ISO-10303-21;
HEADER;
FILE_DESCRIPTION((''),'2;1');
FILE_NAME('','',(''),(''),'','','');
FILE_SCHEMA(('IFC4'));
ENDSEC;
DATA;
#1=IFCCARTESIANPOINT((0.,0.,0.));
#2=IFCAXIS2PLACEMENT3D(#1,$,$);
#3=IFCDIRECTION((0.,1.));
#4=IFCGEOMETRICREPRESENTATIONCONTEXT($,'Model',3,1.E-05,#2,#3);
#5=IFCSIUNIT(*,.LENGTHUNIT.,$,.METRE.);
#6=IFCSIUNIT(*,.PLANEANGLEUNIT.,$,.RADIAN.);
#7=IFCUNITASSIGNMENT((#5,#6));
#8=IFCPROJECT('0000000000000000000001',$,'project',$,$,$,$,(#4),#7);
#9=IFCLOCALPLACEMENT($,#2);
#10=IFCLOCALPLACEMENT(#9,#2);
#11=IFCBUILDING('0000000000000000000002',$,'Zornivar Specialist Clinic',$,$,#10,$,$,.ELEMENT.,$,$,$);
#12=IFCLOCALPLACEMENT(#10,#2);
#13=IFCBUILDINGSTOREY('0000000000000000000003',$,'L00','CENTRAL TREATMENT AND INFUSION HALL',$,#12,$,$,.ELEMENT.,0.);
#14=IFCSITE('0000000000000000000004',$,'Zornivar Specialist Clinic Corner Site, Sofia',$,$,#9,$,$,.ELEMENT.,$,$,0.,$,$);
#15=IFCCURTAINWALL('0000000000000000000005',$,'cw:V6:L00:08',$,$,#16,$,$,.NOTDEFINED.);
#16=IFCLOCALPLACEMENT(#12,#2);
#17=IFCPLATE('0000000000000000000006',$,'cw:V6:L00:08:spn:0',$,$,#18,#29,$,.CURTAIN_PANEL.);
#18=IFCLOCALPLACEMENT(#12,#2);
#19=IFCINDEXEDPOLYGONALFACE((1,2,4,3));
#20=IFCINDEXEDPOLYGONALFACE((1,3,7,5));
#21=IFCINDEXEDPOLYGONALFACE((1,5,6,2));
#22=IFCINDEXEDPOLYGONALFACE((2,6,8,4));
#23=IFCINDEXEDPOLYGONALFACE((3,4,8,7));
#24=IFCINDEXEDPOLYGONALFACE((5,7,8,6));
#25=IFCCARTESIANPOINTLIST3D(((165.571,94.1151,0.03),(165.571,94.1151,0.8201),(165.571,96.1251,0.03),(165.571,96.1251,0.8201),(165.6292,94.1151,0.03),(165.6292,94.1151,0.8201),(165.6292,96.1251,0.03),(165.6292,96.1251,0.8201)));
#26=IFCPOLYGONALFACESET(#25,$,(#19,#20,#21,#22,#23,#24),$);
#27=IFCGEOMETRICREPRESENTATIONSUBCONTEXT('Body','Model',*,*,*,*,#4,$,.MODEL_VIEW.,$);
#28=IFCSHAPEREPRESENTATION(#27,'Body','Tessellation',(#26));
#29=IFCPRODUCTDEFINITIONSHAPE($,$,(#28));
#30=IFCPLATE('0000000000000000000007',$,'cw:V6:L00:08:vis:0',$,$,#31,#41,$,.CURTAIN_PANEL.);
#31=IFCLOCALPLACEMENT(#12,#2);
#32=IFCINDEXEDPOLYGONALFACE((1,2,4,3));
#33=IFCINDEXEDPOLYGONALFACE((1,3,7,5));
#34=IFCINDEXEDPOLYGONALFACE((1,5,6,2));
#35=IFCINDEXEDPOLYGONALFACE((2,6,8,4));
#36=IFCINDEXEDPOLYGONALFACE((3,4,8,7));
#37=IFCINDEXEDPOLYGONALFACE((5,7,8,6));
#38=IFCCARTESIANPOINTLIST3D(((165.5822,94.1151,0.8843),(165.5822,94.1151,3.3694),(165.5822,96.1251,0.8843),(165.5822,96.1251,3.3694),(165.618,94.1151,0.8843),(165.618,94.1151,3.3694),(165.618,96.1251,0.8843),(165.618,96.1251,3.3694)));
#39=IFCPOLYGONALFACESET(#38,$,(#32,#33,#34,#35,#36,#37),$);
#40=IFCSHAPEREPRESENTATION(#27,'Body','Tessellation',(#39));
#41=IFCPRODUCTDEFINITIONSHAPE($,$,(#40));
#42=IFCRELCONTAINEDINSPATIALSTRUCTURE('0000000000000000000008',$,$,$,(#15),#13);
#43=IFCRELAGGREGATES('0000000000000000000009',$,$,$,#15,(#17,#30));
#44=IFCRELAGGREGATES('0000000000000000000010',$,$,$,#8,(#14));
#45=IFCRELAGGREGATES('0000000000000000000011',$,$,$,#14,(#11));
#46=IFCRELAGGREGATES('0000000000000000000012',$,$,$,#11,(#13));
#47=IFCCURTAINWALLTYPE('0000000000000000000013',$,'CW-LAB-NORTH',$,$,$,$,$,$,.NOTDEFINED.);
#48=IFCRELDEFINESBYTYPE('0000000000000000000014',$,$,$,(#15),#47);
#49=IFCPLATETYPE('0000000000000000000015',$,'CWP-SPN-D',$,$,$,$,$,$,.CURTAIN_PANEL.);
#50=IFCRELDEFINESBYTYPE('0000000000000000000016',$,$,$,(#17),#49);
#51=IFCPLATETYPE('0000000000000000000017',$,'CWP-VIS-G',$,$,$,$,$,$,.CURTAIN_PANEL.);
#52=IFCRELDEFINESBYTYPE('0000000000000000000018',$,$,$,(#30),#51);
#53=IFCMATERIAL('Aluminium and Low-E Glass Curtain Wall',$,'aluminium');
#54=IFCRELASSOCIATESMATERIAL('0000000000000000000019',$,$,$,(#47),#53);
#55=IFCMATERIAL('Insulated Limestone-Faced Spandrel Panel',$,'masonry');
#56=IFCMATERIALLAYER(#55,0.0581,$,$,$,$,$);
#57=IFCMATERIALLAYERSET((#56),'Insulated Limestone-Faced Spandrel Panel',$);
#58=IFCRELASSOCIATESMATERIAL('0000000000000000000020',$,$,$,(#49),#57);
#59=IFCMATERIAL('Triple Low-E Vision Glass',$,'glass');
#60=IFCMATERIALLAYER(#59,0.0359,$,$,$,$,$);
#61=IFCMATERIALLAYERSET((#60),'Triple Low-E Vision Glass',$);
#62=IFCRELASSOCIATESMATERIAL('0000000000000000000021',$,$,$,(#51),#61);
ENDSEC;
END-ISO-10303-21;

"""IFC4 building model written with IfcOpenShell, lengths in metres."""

from ifc_helpers import new_model, si_unit, direction, frame, origin, origin_2d, place, context, subcontext, project, spatial, rectangle, extrude, material, layer, layer_set, type_object, element, aggregate, save


model = new_model("IFC4")

# Units and contexts
model_context = context("Model", 3, precision=1e-05, world=origin(), true_north=direction((0.0, 1.0)))
body_context = subcontext(model_context, "Body", "Model", "MODEL_VIEW")
ifc_project = project(units=[si_unit("LENGTHUNIT", "METRE"), si_unit("PLANEANGLEUNIT", "RADIAN")], contexts=[model_context])

# Site, building, storey
site_placement = place(None, origin())
site = spatial("IfcSite", under=ifc_project, at=site_placement, Name="Zornivar Specialist Clinic Corner Site, Sofia", CompositionType="ELEMENT", RefElevation=0.0)
building_placement = place(site_placement, origin())
building = spatial("IfcBuilding", under=site, at=building_placement, Name="Zornivar Specialist Clinic", CompositionType="ELEMENT")
storey_placement = place(building_placement, origin())
storey = spatial("IfcBuildingStorey", under=building, at=storey_placement, Name="L00", Description="CENTRAL TREATMENT AND INFUSION HALL", CompositionType="ELEMENT", Elevation=0.0)

# Curtain wall, plates
ifc_material_1 = material(Name="Aluminium and Low-E Glass Curtain Wall", Category="aluminium")
curtain_wall_type = type_object("IfcCurtainWallType", Name="CW-LAB-NORTH", PredefinedType="NOTDEFINED", material=ifc_material_1)
curtain_wall_placement = place(storey_placement, origin())
curtain_wall = element("IfcCurtainWall", 1, at=curtain_wall_placement, inside=storey, type_object=curtain_wall_type, Name="cw:V6:L00:08", PredefinedType="NOTDEFINED")
ifc_material_2 = material(Name="Insulated Limestone-Faced Spandrel Panel", Category="masonry")
ifc_layer_1 = layer(ifc_material_2, 0.0581)
ifc_layer_set_1 = layer_set([ifc_layer_1], Name="Insulated Limestone-Faced Spandrel Panel")
plate_type_1 = type_object("IfcPlateType", Name="CWP-SPN-D", PredefinedType="CURTAIN_PANEL", material=ifc_layer_set_1)
plate_1_placement = place(storey_placement, frame((165.6001, 95.1201, 0.03), z_axis=(0.0, 0.0, 1.0), x_axis=(0.0, 1.0, 0.0)))
plate_1 = element("IfcPlate", 2, at=plate_1_placement, type_object=plate_type_1, Name="cw:V6:L00:08:spn:0", PredefinedType="CURTAIN_PANEL", context=body_context, shape_type="SweptSolid", body=[
    extrude(rectangle(XDim=2.01, YDim=0.0581, at=origin_2d()), origin(), (0.0, 0.0, 1.0), 0.79),
])
ifc_material_3 = material(Name="Triple Low-E Vision Glass", Category="glass")
ifc_layer_2 = layer(ifc_material_3, 0.0359)
ifc_layer_set_2 = layer_set([ifc_layer_2], Name="Triple Low-E Vision Glass")
plate_type_2 = type_object("IfcPlateType", Name="CWP-VIS-G", PredefinedType="CURTAIN_PANEL", material=ifc_layer_set_2)
plate_2_placement = place(storey_placement, frame((165.6001, 95.1201, 0.8843), z_axis=(0.0, 0.0, 1.0), x_axis=(0.0, 1.0, 0.0)))
plate_2 = element("IfcPlate", 3, at=plate_2_placement, type_object=plate_type_2, Name="cw:V6:L00:08:vis:0", PredefinedType="CURTAIN_PANEL", context=body_context, shape_type="SweptSolid", body=[
    extrude(rectangle(XDim=2.01, YDim=0.0359, at=origin_2d()), origin(), (0.0, 0.0, 1.0), 2.4851),
])
aggregate(curtain_wall, [plate_1, plate_2])

save(model, "model.ifc")
